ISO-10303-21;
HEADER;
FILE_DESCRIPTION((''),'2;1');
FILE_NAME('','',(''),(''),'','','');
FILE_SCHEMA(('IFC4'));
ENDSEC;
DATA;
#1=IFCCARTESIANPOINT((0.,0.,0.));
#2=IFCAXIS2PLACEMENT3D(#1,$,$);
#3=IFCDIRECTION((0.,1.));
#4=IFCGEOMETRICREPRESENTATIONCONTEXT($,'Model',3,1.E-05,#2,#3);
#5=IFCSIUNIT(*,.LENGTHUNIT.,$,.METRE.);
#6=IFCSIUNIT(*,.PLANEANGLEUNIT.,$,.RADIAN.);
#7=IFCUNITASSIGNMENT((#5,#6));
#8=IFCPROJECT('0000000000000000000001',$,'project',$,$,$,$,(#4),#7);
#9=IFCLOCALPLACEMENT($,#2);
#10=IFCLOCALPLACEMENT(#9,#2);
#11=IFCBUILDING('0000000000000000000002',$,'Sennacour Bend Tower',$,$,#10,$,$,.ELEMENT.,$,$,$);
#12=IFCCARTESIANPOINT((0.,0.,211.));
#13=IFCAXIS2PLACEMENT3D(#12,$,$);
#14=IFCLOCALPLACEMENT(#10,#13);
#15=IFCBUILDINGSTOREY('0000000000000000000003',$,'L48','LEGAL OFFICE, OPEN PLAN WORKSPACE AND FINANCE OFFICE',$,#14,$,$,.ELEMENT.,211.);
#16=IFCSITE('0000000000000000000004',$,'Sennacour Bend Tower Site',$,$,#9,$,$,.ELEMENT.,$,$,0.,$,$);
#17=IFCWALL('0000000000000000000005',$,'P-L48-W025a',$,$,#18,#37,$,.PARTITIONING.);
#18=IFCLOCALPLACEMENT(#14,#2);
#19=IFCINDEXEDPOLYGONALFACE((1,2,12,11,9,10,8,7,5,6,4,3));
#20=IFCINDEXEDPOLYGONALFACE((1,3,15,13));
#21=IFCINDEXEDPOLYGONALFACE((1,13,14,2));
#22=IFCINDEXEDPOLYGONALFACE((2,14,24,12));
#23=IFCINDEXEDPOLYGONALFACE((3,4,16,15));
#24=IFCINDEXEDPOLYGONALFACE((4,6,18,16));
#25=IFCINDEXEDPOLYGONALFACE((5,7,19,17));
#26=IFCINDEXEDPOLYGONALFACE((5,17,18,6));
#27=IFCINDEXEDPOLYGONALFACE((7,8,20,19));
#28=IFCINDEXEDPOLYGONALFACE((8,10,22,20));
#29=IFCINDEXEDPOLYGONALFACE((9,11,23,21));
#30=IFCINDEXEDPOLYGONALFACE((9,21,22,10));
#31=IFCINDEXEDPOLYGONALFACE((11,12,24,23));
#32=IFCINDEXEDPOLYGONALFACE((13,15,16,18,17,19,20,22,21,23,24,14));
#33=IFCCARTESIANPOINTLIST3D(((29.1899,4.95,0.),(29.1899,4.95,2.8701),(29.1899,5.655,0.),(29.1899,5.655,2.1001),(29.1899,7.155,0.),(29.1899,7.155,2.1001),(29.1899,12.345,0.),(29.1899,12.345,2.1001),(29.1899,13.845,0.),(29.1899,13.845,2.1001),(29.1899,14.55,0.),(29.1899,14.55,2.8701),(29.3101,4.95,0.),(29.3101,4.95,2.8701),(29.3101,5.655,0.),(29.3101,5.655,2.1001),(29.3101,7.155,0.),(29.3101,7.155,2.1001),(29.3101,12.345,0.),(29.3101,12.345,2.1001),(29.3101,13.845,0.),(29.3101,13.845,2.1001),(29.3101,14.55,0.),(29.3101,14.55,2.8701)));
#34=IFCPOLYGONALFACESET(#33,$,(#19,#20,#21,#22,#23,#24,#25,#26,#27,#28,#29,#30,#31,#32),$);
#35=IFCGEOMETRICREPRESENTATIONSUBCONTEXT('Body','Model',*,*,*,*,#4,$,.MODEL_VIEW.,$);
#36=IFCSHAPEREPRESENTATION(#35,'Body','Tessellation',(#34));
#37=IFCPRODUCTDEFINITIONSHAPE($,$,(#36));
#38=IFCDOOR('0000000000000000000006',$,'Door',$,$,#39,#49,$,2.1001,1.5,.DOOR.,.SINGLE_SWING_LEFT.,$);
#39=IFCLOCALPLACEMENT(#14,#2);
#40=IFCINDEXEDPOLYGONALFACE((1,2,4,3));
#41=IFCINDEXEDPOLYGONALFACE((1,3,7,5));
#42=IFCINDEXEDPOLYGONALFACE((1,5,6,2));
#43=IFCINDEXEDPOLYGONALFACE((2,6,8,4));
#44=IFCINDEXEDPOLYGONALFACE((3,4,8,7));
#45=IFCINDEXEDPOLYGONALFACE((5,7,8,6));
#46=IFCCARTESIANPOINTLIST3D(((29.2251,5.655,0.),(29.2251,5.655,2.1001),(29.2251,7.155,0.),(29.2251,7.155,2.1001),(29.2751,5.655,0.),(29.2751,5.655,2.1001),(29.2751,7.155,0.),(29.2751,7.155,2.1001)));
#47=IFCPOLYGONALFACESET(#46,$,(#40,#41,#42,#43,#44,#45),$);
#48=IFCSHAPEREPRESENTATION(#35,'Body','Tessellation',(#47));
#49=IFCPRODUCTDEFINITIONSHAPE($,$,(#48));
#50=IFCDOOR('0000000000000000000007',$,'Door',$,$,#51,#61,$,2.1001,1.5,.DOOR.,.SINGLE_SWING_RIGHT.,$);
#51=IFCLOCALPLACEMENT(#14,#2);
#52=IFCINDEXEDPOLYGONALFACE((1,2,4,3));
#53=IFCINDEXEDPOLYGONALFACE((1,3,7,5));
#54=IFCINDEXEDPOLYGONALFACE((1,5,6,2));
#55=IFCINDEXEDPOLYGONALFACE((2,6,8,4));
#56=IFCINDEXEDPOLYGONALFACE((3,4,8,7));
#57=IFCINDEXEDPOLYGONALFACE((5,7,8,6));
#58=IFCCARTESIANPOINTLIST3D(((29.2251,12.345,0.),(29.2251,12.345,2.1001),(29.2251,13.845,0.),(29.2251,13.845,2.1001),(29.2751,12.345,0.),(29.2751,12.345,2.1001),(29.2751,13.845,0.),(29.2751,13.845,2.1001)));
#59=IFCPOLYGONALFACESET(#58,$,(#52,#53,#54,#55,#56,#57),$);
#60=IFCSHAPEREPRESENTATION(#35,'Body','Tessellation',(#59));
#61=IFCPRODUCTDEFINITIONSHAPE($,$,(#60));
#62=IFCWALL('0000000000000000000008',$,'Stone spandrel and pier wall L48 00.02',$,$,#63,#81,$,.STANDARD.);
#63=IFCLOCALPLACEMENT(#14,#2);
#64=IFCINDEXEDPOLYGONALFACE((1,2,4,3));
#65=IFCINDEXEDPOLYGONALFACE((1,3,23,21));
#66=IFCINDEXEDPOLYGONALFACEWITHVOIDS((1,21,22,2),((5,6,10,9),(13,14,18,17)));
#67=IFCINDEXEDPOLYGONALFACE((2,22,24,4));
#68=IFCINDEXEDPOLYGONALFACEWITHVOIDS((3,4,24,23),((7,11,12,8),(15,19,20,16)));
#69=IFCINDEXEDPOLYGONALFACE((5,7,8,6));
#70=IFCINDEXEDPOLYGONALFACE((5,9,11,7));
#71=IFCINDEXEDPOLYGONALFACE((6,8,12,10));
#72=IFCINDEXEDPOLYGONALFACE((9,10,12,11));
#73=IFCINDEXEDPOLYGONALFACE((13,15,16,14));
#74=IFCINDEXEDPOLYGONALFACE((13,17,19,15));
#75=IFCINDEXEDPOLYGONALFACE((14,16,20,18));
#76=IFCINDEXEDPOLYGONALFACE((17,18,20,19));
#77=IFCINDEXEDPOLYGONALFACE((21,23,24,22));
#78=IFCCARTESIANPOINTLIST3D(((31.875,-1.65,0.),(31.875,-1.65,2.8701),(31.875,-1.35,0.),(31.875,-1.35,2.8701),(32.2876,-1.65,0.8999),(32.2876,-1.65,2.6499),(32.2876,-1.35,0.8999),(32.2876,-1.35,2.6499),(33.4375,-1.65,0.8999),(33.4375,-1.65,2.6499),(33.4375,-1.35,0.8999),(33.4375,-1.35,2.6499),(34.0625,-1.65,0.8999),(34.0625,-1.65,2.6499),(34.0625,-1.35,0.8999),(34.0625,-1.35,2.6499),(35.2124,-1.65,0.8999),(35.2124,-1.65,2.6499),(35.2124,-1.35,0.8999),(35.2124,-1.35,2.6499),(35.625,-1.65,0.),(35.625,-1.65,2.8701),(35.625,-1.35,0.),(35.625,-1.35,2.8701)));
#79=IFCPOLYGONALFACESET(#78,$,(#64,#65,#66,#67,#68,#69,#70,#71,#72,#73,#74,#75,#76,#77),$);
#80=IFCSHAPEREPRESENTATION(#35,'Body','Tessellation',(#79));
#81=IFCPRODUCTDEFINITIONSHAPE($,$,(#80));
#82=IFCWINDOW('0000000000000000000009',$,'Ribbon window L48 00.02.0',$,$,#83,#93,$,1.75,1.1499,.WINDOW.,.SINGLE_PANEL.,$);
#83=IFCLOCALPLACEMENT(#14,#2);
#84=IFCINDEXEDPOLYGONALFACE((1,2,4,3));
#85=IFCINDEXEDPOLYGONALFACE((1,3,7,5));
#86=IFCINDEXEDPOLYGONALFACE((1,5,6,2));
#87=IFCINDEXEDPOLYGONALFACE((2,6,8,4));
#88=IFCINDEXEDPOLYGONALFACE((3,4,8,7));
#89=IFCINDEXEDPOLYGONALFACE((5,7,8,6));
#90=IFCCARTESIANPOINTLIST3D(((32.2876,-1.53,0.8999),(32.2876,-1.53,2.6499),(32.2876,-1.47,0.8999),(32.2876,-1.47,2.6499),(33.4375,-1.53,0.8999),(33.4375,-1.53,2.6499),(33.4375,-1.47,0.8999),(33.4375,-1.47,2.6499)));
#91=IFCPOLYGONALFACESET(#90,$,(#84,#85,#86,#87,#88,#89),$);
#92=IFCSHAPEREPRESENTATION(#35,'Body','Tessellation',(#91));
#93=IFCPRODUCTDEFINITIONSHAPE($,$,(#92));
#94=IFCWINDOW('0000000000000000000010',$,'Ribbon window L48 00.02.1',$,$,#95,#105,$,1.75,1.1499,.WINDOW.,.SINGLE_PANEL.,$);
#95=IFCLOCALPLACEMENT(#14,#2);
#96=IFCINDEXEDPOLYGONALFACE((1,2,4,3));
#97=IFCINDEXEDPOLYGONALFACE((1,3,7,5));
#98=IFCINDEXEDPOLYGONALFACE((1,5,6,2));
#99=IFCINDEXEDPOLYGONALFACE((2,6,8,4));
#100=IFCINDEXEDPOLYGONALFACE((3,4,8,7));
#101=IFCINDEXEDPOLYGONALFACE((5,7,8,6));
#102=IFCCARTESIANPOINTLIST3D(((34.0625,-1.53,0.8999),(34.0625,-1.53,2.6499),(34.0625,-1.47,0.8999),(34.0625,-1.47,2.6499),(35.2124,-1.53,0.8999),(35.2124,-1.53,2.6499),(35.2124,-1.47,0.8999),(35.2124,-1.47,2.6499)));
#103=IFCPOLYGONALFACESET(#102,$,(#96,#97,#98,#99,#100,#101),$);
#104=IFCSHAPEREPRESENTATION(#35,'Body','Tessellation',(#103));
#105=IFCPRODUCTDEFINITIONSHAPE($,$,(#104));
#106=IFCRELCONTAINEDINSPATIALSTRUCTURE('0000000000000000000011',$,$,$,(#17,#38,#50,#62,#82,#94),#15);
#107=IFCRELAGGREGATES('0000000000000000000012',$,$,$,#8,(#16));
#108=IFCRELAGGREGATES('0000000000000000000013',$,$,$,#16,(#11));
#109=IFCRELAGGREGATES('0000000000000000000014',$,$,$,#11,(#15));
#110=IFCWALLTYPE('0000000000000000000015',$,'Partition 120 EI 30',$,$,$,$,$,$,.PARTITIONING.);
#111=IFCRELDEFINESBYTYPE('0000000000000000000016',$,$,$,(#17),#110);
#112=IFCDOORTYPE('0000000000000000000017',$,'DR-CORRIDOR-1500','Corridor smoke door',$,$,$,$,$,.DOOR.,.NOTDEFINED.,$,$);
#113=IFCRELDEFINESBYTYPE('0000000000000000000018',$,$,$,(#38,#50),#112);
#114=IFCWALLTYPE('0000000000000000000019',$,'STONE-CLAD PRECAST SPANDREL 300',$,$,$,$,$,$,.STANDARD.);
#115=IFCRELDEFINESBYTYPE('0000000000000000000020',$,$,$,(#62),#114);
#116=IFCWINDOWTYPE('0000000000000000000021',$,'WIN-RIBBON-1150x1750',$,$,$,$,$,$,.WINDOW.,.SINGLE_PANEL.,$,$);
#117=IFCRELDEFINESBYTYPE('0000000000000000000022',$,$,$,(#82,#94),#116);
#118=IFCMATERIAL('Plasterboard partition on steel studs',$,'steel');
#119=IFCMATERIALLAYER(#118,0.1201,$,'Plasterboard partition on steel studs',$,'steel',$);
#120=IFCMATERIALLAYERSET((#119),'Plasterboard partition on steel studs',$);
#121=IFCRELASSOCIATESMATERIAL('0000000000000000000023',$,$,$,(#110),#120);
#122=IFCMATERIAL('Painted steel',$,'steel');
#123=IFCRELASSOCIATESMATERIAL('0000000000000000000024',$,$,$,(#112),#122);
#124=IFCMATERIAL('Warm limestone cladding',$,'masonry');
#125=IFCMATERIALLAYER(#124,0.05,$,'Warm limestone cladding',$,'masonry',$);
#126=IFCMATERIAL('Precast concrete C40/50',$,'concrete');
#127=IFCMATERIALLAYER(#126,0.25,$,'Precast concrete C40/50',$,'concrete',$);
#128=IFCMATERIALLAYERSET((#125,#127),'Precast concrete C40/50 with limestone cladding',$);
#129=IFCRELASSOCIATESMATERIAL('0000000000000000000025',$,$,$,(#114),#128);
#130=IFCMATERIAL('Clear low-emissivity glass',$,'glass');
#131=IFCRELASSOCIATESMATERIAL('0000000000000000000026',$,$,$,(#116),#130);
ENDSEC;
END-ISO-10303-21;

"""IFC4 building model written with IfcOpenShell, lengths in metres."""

from ifc_helpers import new_model, si_unit, direction, frame, frame_2d, origin, place, context, subcontext, project, spatial, rectangle, extrude, material, layer, layer_set, type_object, element, fill, save


model = new_model("IFC4")

# Units and contexts
model_context = context("Model", 3, precision=1e-05, world=origin(), true_north=direction((0.0, 1.0)))
body_context = subcontext(model_context, "Body", "Model", "MODEL_VIEW")
ifc_project = project(units=[si_unit("LENGTHUNIT", "METRE"), si_unit("PLANEANGLEUNIT", "RADIAN")], contexts=[model_context])

# Site, building, storey
site_placement = place(None, origin())
site = spatial("IfcSite", under=ifc_project, at=site_placement, Name="Sennacour Bend Tower Site", CompositionType="ELEMENT", RefElevation=0.0)
building_placement = place(site_placement, origin())
building = spatial("IfcBuilding", under=site, at=building_placement, Name="Sennacour Bend Tower", CompositionType="ELEMENT")
storey_placement = place(building_placement, frame((0.0, 0.0, 211.0)))
storey = spatial("IfcBuildingStorey", under=building, at=storey_placement, Name="L48", Description="LEGAL OFFICE, OPEN PLAN WORKSPACE AND FINANCE OFFICE", CompositionType="ELEMENT", Elevation=211.0)

# Shared definitions
ifc_material_1 = material(Name="Plasterboard partition on steel studs", Category="steel")

# Wall, openings, doors
ifc_layer_1 = layer(ifc_material_1, 0.1201, Name="Plasterboard partition on steel studs", Category="steel")
ifc_layer_set_1 = layer_set([ifc_layer_1], Name="Plasterboard partition on steel studs")
wall_type_1 = type_object("IfcWallType", Name="Partition 120 EI 30", PredefinedType="PARTITIONING", material=ifc_layer_set_1)
wall_1_placement = place(storey_placement, frame((29.25, 4.95, 0.0), z_axis=(0.0, 0.0, 1.0), x_axis=(0.0, 1.0, 0.0)))
wall_1 = element("IfcWall", 1, at=wall_1_placement, inside=storey, type_object=wall_type_1, Name="P-L48-W025a", PredefinedType="PARTITIONING", context=body_context, shape_type="SweptSolid", body=[
    extrude(rectangle(XDim=9.6001, YDim=0.1201, at=frame_2d((4.8, 0.0))), origin(), (0.0, 0.0, 1.0), 2.8701),
])
opening_1_placement = place(wall_1_placement, frame((0.7051, 0.0, 0.0)))
opening_1 = element("IfcOpeningElement", 2, at=opening_1_placement, cuts=wall_1, PredefinedType="OPENING", context=body_context, shape_type="SweptSolid", body=[
    extrude(rectangle(XDim=1.5, YDim=2.1001, at=frame_2d((0.75, 1.05))), frame((0.0, 0.0701, 0.0), z_axis=(0.0, -1.0, 0.0), x_axis=(1.0, 0.0, 0.0)), (0.0, 0.0, 1.0), 0.1401),
])
opening_2_placement = place(wall_1_placement, frame((7.395, 0.0, 0.0)))
opening_2 = element("IfcOpeningElement", 3, at=opening_2_placement, cuts=wall_1, PredefinedType="OPENING", context=body_context, shape_type="SweptSolid", body=[
    extrude(rectangle(XDim=1.5, YDim=2.1001, at=frame_2d((0.75, 1.05))), frame((0.0, 0.0701, 0.0), z_axis=(0.0, -1.0, 0.0), x_axis=(1.0, 0.0, 0.0)), (0.0, 0.0, 1.0), 0.1401),
])
ifc_material_2 = material(Name="Painted steel", Category="steel")
door_type_1 = type_object("IfcDoorType", Name="DR-CORRIDOR-1500", Description="Corridor smoke door", OperationType="NOTDEFINED", PredefinedType="DOOR", material=ifc_material_2)
door_1_placement = place(opening_1_placement, origin())
door_1 = element("IfcDoor", 4, at=door_1_placement, inside=storey, type_object=door_type_1, Name="Door", OperationType="SINGLE_SWING_LEFT", OverallHeight=2.1001, OverallWidth=1.5, PredefinedType="DOOR", context=body_context, shape_type="SweptSolid", body=[
    extrude(rectangle(XDim=1.5, YDim=2.1001, at=frame_2d((0.75, 1.05))), frame((0.0, 0.0249, 0.0), z_axis=(0.0, -1.0, 0.0), x_axis=(1.0, 0.0, 0.0)), (0.0, 0.0, 1.0), 0.05),
])
fill(opening_1, door_1)
door_2_placement = place(opening_2_placement, origin())
door_2 = element("IfcDoor", 5, at=door_2_placement, inside=storey, type_object=door_type_1, Name="Door", OperationType="SINGLE_SWING_RIGHT", OverallHeight=2.1001, OverallWidth=1.5, PredefinedType="DOOR", context=body_context, shape_type="SweptSolid", body=[
    extrude(rectangle(XDim=1.5, YDim=2.1001, at=frame_2d((0.75, 1.05))), frame((0.0, 0.0249, 0.0), z_axis=(0.0, -1.0, 0.0), x_axis=(1.0, 0.0, 0.0)), (0.0, 0.0, 1.0), 0.05),
])
fill(opening_2, door_2)

# Wall, openings, windows
ifc_material_3 = material(Name="Warm limestone cladding", Category="masonry")
ifc_layer_2 = layer(ifc_material_3, 0.05, Name="Warm limestone cladding", Category="masonry")
ifc_material_4 = material(Name="Precast concrete C40/50", Category="concrete")
ifc_layer_3 = layer(ifc_material_4, 0.25, Name="Precast concrete C40/50", Category="concrete")
ifc_layer_set_2 = layer_set([ifc_layer_2, ifc_layer_3], Name="Precast concrete C40/50 with limestone cladding")
wall_type_2 = type_object("IfcWallType", Name="STONE-CLAD PRECAST SPANDREL 300", PredefinedType="STANDARD", material=ifc_layer_set_2)
wall_2_placement = place(storey_placement, frame((31.875, -1.5, 0.0), z_axis=(0.0, 0.0, 1.0), x_axis=(1.0, 0.0, 0.0)))
wall_2 = element("IfcWall", 6, at=wall_2_placement, inside=storey, type_object=wall_type_2, Name="Stone spandrel and pier wall L48 00.02", PredefinedType="STANDARD", context=body_context, shape_type="SweptSolid", body=[
    extrude(rectangle(XDim=3.75, YDim=0.3, at=frame_2d((1.875, 0.0))), origin(), (0.0, 0.0, 1.0), 2.8701),
])
opening_3_placement = place(wall_2_placement, frame((0.4126, 0.0, 0.8999)))
opening_3 = element("IfcOpeningElement", 7, at=opening_3_placement, cuts=wall_2, PredefinedType="OPENING", context=body_context, shape_type="SweptSolid", body=[
    extrude(rectangle(XDim=1.1499, YDim=1.75, at=frame_2d((0.575, 0.875))), frame((0.0, 0.1602, 0.0), z_axis=(0.0, -1.0, 0.0), x_axis=(1.0, 0.0, 0.0)), (0.0, 0.0, 1.0), 0.3201),
])
opening_4_placement = place(wall_2_placement, frame((2.1875, 0.0, 0.8999)))
opening_4 = element("IfcOpeningElement", 8, at=opening_4_placement, cuts=wall_2, PredefinedType="OPENING", context=body_context, shape_type="SweptSolid", body=[
    extrude(rectangle(XDim=1.1499, YDim=1.75, at=frame_2d((0.575, 0.875))), frame((0.0, 0.1602, 0.0), z_axis=(0.0, -1.0, 0.0), x_axis=(1.0, 0.0, 0.0)), (0.0, 0.0, 1.0), 0.3201),
])
ifc_material_5 = material(Name="Clear low-emissivity glass", Category="glass")
window_type = type_object("IfcWindowType", Name="WIN-RIBBON-1150x1750", PartitioningType="SINGLE_PANEL", PredefinedType="WINDOW", material=ifc_material_5)
window_1_placement = place(opening_3_placement, origin())
window_1 = element("IfcWindow", 9, at=window_1_placement, inside=storey, type_object=window_type, Name="Ribbon window L48 00.02.0", OverallHeight=1.75, OverallWidth=1.1499, PartitioningType="SINGLE_PANEL", PredefinedType="WINDOW", context=body_context, shape_type="SweptSolid", body=[
    extrude(rectangle(XDim=1.1499, YDim=1.75, at=frame_2d((0.575, 0.875))), frame((0.0, 0.03, 0.0), z_axis=(0.0, -1.0, 0.0), x_axis=(1.0, 0.0, 0.0)), (0.0, 0.0, 1.0), 0.0601),
])
fill(opening_3, window_1)
window_2_placement = place(opening_4_placement, origin())
window_2 = element("IfcWindow", 10, at=window_2_placement, inside=storey, type_object=window_type, Name="Ribbon window L48 00.02.1", OverallHeight=1.75, OverallWidth=1.1499, PartitioningType="SINGLE_PANEL", PredefinedType="WINDOW", context=body_context, shape_type="SweptSolid", body=[
    extrude(rectangle(XDim=1.1499, YDim=1.75, at=frame_2d((0.575, 0.875))), frame((0.0, 0.03, 0.0), z_axis=(0.0, -1.0, 0.0), x_axis=(1.0, 0.0, 0.0)), (0.0, 0.0, 1.0), 0.0601),
])
fill(opening_4, window_2)

save(model, "model.ifc")
